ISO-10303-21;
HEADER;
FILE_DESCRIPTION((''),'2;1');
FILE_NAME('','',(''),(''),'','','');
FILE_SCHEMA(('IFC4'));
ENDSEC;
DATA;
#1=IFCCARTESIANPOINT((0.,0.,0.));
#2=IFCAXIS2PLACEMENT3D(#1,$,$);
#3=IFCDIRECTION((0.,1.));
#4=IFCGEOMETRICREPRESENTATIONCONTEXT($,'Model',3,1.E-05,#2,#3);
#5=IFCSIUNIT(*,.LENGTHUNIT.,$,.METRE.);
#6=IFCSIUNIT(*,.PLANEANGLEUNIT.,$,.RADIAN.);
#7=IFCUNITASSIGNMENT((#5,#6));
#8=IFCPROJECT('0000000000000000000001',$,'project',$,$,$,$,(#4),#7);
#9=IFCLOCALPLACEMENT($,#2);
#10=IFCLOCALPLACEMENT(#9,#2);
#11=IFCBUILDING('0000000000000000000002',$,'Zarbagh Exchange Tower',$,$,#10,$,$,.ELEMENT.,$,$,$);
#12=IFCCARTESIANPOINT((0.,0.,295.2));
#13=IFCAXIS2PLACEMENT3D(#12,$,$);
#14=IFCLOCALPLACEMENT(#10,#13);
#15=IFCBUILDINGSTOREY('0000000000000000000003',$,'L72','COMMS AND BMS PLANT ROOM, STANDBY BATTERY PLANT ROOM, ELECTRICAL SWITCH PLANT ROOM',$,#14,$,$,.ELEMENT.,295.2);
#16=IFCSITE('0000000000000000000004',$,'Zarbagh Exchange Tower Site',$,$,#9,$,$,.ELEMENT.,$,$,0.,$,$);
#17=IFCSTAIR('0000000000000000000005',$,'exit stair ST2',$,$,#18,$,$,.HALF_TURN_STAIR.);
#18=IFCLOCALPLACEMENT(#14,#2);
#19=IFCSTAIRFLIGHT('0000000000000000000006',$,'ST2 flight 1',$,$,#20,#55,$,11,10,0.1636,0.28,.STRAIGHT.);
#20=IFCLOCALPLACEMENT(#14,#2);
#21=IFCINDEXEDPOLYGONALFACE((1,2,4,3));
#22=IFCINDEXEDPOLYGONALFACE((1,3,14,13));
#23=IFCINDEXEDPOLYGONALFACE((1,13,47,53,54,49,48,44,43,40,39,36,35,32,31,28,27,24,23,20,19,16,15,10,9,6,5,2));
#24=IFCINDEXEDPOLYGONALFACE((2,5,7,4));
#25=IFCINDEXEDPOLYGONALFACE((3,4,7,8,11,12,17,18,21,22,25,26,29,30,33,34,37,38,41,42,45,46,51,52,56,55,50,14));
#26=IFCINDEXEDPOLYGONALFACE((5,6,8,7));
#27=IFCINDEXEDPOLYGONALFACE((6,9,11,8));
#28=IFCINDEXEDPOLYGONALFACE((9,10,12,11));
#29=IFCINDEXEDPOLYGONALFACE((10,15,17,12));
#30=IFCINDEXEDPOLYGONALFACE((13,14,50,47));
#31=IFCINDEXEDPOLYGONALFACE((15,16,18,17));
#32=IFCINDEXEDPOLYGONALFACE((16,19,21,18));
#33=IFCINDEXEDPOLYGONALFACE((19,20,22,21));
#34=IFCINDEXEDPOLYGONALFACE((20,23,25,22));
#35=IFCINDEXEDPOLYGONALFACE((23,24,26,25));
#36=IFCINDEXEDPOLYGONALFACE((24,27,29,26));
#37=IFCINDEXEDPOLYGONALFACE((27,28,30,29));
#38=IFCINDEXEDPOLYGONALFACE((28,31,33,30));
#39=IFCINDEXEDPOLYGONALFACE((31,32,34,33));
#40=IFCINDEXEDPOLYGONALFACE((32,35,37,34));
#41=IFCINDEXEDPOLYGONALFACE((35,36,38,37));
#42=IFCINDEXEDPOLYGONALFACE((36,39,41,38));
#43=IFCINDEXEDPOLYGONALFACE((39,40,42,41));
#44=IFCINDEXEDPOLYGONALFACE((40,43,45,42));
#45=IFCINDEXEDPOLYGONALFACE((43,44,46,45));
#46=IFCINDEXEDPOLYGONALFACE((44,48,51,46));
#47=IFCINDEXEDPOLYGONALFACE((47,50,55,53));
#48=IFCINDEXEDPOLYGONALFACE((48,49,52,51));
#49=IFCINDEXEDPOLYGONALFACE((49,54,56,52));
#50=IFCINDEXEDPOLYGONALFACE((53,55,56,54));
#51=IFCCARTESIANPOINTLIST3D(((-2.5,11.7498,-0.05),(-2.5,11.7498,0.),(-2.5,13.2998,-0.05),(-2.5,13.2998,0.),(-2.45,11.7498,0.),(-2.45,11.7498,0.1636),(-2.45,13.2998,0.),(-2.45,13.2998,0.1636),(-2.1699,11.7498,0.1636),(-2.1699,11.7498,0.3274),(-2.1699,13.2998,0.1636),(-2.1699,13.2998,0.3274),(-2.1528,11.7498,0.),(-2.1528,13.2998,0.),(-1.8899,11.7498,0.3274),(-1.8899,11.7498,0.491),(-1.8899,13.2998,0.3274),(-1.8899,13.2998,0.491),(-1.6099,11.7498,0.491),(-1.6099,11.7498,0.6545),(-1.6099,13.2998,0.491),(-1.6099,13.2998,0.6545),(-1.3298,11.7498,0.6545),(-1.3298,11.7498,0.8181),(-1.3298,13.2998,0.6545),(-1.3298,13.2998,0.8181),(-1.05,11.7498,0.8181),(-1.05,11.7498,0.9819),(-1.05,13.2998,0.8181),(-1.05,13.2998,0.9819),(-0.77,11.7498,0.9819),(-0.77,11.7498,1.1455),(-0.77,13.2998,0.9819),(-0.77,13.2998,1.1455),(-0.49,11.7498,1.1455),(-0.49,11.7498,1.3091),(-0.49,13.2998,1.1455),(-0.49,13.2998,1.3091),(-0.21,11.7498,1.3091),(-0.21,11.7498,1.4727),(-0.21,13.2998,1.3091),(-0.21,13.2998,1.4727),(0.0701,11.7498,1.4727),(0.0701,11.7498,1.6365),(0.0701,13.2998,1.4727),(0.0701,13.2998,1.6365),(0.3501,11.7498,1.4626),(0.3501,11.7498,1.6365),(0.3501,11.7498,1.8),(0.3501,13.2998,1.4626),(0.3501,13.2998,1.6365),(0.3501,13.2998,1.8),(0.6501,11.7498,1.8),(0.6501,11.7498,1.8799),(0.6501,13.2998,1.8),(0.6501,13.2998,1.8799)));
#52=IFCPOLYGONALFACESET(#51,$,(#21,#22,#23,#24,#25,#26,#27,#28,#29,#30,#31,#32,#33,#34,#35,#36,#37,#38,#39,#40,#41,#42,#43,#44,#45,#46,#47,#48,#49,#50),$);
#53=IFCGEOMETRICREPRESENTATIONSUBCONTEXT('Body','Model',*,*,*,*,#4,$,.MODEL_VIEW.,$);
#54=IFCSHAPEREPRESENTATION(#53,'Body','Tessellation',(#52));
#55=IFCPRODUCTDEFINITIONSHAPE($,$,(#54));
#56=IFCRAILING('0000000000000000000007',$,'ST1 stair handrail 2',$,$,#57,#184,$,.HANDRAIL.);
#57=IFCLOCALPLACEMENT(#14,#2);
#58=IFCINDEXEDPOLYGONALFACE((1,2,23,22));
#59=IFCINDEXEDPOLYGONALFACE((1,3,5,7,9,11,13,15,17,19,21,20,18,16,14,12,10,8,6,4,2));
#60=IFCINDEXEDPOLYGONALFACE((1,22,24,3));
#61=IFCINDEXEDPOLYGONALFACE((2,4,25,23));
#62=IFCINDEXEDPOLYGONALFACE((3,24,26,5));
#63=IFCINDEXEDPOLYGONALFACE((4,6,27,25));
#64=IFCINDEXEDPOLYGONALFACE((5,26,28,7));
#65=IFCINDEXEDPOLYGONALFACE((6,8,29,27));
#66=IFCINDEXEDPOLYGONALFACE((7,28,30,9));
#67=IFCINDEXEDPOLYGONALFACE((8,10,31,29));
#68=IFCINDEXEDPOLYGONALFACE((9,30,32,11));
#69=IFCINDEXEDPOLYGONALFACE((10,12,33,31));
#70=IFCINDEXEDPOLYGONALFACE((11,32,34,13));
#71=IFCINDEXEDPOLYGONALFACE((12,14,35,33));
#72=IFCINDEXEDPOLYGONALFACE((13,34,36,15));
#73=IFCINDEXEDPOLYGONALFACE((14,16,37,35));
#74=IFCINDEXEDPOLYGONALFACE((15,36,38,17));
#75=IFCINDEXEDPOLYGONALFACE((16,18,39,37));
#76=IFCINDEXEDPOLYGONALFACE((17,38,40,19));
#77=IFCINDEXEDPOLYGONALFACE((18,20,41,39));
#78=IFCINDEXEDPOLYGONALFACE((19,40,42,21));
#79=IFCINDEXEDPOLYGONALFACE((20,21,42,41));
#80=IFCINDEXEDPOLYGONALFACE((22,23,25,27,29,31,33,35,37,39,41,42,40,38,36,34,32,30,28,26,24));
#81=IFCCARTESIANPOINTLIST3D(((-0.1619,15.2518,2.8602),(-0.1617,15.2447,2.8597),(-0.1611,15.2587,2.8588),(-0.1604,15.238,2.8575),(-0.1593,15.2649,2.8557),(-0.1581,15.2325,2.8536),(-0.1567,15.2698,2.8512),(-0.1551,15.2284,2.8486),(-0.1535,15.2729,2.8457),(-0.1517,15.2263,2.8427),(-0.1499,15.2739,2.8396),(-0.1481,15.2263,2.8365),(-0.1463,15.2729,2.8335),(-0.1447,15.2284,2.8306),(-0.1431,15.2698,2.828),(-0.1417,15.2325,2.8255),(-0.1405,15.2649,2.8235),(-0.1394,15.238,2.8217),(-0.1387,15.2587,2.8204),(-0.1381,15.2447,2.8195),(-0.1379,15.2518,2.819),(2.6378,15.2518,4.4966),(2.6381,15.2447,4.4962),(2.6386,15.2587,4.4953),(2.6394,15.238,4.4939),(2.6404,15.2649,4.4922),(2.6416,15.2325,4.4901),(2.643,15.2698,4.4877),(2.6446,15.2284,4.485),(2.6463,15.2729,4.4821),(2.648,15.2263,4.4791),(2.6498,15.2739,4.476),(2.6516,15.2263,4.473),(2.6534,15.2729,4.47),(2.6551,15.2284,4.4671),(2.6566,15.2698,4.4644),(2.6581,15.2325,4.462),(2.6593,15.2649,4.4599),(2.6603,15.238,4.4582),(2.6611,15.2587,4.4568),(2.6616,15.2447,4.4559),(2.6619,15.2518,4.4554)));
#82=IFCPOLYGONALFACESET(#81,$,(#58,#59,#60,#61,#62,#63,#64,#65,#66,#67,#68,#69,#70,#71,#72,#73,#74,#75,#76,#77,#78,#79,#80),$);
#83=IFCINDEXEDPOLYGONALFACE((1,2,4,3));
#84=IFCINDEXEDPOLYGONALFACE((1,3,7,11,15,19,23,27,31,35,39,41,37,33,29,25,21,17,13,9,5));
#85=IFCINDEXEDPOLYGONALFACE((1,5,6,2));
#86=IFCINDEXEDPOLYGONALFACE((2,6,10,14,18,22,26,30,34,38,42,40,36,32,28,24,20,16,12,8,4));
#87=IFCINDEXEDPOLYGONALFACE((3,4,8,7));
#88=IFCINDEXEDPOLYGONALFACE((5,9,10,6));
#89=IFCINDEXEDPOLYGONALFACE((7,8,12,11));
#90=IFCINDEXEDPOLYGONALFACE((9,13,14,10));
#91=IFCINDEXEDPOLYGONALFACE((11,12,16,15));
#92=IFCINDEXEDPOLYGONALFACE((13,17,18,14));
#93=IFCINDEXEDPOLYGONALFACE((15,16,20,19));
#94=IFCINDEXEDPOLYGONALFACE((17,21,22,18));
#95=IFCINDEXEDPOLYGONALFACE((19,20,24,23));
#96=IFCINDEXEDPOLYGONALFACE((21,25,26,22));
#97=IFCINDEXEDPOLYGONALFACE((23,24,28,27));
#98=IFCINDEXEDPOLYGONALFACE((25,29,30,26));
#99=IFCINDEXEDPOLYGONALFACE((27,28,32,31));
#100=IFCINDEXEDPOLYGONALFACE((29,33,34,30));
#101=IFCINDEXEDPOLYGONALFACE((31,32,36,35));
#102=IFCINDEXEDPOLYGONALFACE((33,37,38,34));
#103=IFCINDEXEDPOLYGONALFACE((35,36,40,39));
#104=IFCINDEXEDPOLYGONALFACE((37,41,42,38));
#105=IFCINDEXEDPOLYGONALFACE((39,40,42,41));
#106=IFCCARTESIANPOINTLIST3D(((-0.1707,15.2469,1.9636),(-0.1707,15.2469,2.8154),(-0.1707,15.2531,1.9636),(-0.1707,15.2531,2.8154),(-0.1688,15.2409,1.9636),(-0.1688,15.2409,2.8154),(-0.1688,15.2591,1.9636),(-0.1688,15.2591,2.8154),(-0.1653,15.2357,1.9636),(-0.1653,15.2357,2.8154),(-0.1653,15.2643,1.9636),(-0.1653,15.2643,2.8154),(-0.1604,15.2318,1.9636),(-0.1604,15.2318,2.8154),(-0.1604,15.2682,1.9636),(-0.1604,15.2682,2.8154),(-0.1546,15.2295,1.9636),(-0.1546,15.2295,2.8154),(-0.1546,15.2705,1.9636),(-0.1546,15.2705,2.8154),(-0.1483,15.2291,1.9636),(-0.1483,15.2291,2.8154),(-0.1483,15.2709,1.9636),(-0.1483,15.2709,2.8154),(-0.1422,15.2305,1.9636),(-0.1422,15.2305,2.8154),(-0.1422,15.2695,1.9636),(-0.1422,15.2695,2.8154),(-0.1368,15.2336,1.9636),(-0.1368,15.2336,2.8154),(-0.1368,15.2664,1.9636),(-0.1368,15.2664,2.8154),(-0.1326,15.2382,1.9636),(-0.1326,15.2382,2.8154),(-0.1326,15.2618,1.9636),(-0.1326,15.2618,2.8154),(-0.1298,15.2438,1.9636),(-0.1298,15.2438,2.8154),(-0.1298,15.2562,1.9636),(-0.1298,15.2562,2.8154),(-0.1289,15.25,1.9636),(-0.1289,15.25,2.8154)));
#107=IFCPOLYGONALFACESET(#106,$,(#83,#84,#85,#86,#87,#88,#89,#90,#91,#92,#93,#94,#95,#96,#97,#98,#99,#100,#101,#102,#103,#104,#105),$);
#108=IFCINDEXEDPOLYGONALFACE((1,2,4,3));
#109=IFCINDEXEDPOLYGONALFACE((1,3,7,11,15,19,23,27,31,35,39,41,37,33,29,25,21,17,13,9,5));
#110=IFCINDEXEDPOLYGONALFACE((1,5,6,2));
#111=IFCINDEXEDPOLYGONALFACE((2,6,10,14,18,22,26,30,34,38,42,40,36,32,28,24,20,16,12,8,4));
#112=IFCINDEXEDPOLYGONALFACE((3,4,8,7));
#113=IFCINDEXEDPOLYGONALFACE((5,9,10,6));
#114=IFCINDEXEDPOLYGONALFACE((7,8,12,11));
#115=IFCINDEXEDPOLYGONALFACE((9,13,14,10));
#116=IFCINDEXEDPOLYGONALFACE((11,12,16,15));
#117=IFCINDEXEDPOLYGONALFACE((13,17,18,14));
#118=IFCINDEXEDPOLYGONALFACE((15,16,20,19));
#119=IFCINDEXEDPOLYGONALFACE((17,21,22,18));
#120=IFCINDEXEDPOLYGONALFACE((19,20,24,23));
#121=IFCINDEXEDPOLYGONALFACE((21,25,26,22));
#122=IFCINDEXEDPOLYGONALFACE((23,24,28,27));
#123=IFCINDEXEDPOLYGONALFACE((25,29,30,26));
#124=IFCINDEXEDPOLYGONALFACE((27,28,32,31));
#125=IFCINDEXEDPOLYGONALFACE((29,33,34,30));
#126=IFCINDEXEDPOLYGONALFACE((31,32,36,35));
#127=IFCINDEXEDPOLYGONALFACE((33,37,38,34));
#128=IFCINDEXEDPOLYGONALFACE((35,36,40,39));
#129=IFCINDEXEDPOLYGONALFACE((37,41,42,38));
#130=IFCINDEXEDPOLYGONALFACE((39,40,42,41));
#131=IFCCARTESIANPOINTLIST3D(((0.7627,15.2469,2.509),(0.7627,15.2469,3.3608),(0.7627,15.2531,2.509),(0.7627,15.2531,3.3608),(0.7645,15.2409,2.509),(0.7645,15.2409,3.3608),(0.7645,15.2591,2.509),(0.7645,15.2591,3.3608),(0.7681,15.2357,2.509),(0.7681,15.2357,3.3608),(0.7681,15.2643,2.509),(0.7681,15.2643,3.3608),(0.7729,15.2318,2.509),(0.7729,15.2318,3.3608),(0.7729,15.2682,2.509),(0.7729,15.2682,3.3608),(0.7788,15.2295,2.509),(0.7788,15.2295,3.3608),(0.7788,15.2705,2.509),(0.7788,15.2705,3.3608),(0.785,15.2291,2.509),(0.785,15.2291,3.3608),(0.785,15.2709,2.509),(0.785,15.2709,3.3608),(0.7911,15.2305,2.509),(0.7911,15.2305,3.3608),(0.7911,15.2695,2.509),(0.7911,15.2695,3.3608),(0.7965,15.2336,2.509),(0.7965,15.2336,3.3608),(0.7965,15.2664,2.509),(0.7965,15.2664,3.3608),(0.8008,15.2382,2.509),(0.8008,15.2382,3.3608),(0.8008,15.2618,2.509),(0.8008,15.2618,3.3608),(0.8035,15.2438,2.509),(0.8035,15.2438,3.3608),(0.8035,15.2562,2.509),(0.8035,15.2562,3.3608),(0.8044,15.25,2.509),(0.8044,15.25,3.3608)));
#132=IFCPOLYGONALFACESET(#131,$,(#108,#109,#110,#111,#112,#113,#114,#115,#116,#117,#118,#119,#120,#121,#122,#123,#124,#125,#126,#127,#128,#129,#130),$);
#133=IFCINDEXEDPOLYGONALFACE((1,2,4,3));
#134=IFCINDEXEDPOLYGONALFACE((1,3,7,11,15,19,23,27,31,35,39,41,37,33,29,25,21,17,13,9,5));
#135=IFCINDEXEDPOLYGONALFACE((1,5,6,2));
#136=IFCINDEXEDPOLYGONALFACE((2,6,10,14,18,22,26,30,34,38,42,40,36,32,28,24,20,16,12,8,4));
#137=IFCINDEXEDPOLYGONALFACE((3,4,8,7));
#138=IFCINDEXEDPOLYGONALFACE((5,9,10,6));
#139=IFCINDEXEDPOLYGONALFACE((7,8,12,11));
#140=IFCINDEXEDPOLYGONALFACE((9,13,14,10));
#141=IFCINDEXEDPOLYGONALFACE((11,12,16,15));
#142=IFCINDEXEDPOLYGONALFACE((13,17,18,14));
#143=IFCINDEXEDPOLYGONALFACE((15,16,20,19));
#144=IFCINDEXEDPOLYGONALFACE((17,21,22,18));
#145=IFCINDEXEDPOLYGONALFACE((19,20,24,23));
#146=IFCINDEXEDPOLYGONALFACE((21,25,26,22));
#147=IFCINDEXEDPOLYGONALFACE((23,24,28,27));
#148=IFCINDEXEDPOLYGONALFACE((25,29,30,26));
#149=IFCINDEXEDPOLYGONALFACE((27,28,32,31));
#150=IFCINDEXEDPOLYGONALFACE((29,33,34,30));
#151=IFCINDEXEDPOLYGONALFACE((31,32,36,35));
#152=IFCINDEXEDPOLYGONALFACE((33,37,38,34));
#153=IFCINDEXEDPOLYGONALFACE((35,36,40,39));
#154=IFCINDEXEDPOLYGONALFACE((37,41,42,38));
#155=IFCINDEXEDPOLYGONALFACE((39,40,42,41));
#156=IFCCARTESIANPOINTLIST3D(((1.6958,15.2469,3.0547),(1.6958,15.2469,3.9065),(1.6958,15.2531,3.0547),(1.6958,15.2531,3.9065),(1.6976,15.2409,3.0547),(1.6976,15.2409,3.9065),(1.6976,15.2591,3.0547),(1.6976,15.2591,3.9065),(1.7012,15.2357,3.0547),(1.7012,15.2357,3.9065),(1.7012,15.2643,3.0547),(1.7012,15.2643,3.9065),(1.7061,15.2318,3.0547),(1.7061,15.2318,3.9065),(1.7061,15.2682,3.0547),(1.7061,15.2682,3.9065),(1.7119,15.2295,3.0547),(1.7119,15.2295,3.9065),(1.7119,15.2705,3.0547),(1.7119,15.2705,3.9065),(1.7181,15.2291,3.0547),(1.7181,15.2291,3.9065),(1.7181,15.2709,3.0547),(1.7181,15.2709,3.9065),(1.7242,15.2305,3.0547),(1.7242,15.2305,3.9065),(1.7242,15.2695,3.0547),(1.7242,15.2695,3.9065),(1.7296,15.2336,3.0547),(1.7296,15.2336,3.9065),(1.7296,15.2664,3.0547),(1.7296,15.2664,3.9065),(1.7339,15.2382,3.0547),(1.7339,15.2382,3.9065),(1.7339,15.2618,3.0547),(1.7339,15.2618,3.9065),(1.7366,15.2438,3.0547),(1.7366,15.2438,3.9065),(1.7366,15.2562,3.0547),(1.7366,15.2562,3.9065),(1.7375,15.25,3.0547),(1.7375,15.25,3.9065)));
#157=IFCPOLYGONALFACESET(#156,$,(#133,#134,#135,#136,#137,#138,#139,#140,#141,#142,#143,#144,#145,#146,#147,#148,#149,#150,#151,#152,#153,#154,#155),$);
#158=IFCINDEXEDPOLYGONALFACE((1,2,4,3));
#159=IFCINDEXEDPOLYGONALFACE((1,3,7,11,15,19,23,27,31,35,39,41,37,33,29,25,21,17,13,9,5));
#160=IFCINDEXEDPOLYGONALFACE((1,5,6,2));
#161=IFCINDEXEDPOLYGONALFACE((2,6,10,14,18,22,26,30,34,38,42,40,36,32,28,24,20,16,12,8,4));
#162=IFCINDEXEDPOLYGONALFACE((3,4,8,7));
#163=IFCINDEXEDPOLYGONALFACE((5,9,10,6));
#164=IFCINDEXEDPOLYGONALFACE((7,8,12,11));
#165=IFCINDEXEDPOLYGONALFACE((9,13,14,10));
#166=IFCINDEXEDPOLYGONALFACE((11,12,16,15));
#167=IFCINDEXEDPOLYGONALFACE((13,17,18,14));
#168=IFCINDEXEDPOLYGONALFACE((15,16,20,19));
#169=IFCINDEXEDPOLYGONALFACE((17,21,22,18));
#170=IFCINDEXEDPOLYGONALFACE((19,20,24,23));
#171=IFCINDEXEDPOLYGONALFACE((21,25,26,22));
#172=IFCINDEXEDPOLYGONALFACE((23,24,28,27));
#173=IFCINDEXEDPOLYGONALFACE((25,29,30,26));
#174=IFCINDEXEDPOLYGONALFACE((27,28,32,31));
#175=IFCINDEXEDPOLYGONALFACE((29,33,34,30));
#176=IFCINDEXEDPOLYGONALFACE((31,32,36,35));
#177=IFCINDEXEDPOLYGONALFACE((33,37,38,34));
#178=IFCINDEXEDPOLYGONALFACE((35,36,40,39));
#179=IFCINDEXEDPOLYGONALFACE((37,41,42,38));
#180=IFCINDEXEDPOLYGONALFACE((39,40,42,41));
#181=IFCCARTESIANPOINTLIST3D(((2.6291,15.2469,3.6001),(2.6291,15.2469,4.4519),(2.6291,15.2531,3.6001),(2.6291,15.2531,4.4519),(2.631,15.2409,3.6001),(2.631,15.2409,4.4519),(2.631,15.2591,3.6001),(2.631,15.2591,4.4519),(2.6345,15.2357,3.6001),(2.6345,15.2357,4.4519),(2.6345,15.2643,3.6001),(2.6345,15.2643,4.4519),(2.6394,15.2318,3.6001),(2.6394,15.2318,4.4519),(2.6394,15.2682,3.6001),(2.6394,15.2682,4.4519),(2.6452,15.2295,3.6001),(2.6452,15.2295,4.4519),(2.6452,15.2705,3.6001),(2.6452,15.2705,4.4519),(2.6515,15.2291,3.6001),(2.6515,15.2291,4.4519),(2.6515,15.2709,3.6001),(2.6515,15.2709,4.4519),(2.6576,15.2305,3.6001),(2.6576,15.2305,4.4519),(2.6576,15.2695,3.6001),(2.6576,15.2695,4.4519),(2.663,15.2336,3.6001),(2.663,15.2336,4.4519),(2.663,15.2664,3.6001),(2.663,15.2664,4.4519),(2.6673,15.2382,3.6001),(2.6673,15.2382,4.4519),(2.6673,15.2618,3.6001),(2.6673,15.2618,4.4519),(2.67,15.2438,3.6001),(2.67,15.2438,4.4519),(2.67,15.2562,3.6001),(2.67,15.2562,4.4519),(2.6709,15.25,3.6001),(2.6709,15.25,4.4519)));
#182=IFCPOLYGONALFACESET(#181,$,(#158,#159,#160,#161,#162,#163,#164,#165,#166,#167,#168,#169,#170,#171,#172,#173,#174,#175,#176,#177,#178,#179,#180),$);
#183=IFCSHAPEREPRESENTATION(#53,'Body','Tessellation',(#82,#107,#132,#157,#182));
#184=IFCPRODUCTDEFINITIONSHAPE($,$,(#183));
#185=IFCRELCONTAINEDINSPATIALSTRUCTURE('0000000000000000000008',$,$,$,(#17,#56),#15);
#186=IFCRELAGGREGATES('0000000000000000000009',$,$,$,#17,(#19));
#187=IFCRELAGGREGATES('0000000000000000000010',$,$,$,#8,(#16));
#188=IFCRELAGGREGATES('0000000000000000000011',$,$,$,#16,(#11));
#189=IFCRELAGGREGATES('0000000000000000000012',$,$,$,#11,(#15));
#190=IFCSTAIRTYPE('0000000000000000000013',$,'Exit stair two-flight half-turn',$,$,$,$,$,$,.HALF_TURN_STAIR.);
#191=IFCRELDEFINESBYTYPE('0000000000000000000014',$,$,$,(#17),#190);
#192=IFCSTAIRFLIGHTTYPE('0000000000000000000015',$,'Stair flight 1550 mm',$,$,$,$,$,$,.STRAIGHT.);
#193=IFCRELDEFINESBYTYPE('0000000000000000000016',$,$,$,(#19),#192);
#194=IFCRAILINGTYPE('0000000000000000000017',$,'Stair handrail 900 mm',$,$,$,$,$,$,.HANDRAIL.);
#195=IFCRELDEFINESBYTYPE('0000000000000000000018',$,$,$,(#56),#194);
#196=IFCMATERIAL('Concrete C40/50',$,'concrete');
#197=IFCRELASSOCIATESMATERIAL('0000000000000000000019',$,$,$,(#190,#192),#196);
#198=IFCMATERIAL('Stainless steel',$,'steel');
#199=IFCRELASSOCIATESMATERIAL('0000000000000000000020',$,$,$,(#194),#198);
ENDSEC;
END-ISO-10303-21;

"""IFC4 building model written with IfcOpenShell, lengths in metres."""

from ifc_helpers import new_model, si_unit, direction, frame, origin, origin_2d, place, context, subcontext, project, spatial, polyline, circle, outline, extrude, material, type_object, element, aggregate, save


model = new_model("IFC4")

# Units and contexts
model_context = context("Model", 3, precision=1e-05, world=origin(), true_north=direction((0.0, 1.0)))
body_context = subcontext(model_context, "Body", "Model", "MODEL_VIEW")
ifc_project = project(units=[si_unit("LENGTHUNIT", "METRE"), si_unit("PLANEANGLEUNIT", "RADIAN")], contexts=[model_context])

# Site, building, storey
site_placement = place(None, origin())
site = spatial("IfcSite", under=ifc_project, at=site_placement, Name="Zarbagh Exchange Tower Site", CompositionType="ELEMENT", RefElevation=0.0)
building_placement = place(site_placement, origin())
building = spatial("IfcBuilding", under=site, at=building_placement, Name="Zarbagh Exchange Tower", CompositionType="ELEMENT")
storey_placement = place(building_placement, frame((0.0, 0.0, 295.2)))
storey = spatial("IfcBuildingStorey", under=building, at=storey_placement, Name="L72", Description="COMMS AND BMS PLANT ROOM, STANDBY BATTERY PLANT ROOM, ELECTRICAL SWITCH PLANT ROOM", CompositionType="ELEMENT", Elevation=295.2)

# Shared definitions
ifc_material_1 = material(Name="Concrete C40/50", Category="concrete")

# Stair, stair flight
stair_type = type_object("IfcStairType", Name="Exit stair two-flight half-turn", PredefinedType="HALF_TURN_STAIR", material=ifc_material_1)
stair_1_placement = place(storey_placement, origin())
stair_1 = element("IfcStair", 1, at=stair_1_placement, inside=storey, type_object=stair_type, Name="exit stair ST2", PredefinedType="HALF_TURN_STAIR")
stair_flight_type_1 = type_object("IfcStairFlightType", Name="Stair flight 1550 mm", PredefinedType="STRAIGHT", material=ifc_material_1)
stair_flight_1_placement = place(storey_placement, frame((-2.45, 12.5249, 0.0), z_axis=(0.0, 0.0, 1.0), x_axis=(1.0, 0.0, 0.0)))
stair_flight_1 = element("IfcStairFlight", 2, at=stair_flight_1_placement, type_object=stair_flight_type_1, Name="ST2 flight 1", NumberOfRisers=11, NumberOfTreads=10, PredefinedType="STRAIGHT", RiserHeight=0.1636, TreadLength=0.28, context=body_context, shape_type="SweptSolid", body=[
    extrude(outline(polyline([(-0.05, -0.05), (-0.05, 0.0), (0.0, 0.0), (0.0, 0.1636), (0.28, 0.1636), (0.28, 0.3274), (0.5601, 0.3274), (0.5601, 0.491), (0.8401, 0.491), (0.8401, 0.6545), (1.1201, 0.6545), (1.1201, 0.8181), (1.3999, 0.8181), (1.3999, 0.9819), (1.6799, 0.9819), (1.6799, 1.1455), (1.96, 1.1455), (1.96, 1.3091), (2.24, 1.3091), (2.24, 1.4727), (2.52, 1.4727), (2.52, 1.6365), (2.8, 1.6365), (2.8, 1.8), (3.1001, 1.8799), (3.1001, 1.8), (2.8, 1.4626), (0.2971, 0.0), (-0.05, -0.05)])), frame((0.0, 0.7749, 0.0), z_axis=(0.0, -1.0, 0.0), x_axis=(1.0, 0.0, 0.0)), (0.0, 0.0, 1.0), 1.55),
])
aggregate(stair_1, [stair_flight_1])

# Railing
ifc_material_2 = material(Name="Stainless steel", Category="steel")
railing_type = type_object("IfcRailingType", Name="Stair handrail 900 mm", PredefinedType="HANDRAIL", material=ifc_material_2)
railing_1_placement = place(storey_placement, frame((-0.1499, 15.25, 1.9636)))
element("IfcRailing", 3, at=railing_1_placement, inside=storey, type_object=railing_type, Name="ST1 stair handrail 2", PredefinedType="HANDRAIL", context=body_context, shape_type="SweptSolid", body=[
    extrude(circle(Radius=0.0239, at=origin_2d()), frame((0.0, 0.0, 0.876), z_axis=(0.863342, 0.0, 0.50462), x_axis=(0.0, 1.0, 0.0)), (0.0, 0.0, 1.0), 3.2429),
    extrude(circle(Radius=0.021, at=origin_2d()), origin(), (0.0, 0.0, 1.0), 0.8518),
    extrude(circle(Radius=0.021, at=origin_2d()), frame((0.9333, 0.0, 0.5454)), (0.0, 0.0, 1.0), 0.8518),
    extrude(circle(Radius=0.021, at=origin_2d()), frame((1.8665, 0.0, 1.0911)), (0.0, 0.0, 1.0), 0.8518),
    extrude(circle(Radius=0.021, at=origin_2d()), frame((2.7998, 0.0, 1.6365)), (0.0, 0.0, 1.0), 0.8518),
])

save(model, "model.ifc")
